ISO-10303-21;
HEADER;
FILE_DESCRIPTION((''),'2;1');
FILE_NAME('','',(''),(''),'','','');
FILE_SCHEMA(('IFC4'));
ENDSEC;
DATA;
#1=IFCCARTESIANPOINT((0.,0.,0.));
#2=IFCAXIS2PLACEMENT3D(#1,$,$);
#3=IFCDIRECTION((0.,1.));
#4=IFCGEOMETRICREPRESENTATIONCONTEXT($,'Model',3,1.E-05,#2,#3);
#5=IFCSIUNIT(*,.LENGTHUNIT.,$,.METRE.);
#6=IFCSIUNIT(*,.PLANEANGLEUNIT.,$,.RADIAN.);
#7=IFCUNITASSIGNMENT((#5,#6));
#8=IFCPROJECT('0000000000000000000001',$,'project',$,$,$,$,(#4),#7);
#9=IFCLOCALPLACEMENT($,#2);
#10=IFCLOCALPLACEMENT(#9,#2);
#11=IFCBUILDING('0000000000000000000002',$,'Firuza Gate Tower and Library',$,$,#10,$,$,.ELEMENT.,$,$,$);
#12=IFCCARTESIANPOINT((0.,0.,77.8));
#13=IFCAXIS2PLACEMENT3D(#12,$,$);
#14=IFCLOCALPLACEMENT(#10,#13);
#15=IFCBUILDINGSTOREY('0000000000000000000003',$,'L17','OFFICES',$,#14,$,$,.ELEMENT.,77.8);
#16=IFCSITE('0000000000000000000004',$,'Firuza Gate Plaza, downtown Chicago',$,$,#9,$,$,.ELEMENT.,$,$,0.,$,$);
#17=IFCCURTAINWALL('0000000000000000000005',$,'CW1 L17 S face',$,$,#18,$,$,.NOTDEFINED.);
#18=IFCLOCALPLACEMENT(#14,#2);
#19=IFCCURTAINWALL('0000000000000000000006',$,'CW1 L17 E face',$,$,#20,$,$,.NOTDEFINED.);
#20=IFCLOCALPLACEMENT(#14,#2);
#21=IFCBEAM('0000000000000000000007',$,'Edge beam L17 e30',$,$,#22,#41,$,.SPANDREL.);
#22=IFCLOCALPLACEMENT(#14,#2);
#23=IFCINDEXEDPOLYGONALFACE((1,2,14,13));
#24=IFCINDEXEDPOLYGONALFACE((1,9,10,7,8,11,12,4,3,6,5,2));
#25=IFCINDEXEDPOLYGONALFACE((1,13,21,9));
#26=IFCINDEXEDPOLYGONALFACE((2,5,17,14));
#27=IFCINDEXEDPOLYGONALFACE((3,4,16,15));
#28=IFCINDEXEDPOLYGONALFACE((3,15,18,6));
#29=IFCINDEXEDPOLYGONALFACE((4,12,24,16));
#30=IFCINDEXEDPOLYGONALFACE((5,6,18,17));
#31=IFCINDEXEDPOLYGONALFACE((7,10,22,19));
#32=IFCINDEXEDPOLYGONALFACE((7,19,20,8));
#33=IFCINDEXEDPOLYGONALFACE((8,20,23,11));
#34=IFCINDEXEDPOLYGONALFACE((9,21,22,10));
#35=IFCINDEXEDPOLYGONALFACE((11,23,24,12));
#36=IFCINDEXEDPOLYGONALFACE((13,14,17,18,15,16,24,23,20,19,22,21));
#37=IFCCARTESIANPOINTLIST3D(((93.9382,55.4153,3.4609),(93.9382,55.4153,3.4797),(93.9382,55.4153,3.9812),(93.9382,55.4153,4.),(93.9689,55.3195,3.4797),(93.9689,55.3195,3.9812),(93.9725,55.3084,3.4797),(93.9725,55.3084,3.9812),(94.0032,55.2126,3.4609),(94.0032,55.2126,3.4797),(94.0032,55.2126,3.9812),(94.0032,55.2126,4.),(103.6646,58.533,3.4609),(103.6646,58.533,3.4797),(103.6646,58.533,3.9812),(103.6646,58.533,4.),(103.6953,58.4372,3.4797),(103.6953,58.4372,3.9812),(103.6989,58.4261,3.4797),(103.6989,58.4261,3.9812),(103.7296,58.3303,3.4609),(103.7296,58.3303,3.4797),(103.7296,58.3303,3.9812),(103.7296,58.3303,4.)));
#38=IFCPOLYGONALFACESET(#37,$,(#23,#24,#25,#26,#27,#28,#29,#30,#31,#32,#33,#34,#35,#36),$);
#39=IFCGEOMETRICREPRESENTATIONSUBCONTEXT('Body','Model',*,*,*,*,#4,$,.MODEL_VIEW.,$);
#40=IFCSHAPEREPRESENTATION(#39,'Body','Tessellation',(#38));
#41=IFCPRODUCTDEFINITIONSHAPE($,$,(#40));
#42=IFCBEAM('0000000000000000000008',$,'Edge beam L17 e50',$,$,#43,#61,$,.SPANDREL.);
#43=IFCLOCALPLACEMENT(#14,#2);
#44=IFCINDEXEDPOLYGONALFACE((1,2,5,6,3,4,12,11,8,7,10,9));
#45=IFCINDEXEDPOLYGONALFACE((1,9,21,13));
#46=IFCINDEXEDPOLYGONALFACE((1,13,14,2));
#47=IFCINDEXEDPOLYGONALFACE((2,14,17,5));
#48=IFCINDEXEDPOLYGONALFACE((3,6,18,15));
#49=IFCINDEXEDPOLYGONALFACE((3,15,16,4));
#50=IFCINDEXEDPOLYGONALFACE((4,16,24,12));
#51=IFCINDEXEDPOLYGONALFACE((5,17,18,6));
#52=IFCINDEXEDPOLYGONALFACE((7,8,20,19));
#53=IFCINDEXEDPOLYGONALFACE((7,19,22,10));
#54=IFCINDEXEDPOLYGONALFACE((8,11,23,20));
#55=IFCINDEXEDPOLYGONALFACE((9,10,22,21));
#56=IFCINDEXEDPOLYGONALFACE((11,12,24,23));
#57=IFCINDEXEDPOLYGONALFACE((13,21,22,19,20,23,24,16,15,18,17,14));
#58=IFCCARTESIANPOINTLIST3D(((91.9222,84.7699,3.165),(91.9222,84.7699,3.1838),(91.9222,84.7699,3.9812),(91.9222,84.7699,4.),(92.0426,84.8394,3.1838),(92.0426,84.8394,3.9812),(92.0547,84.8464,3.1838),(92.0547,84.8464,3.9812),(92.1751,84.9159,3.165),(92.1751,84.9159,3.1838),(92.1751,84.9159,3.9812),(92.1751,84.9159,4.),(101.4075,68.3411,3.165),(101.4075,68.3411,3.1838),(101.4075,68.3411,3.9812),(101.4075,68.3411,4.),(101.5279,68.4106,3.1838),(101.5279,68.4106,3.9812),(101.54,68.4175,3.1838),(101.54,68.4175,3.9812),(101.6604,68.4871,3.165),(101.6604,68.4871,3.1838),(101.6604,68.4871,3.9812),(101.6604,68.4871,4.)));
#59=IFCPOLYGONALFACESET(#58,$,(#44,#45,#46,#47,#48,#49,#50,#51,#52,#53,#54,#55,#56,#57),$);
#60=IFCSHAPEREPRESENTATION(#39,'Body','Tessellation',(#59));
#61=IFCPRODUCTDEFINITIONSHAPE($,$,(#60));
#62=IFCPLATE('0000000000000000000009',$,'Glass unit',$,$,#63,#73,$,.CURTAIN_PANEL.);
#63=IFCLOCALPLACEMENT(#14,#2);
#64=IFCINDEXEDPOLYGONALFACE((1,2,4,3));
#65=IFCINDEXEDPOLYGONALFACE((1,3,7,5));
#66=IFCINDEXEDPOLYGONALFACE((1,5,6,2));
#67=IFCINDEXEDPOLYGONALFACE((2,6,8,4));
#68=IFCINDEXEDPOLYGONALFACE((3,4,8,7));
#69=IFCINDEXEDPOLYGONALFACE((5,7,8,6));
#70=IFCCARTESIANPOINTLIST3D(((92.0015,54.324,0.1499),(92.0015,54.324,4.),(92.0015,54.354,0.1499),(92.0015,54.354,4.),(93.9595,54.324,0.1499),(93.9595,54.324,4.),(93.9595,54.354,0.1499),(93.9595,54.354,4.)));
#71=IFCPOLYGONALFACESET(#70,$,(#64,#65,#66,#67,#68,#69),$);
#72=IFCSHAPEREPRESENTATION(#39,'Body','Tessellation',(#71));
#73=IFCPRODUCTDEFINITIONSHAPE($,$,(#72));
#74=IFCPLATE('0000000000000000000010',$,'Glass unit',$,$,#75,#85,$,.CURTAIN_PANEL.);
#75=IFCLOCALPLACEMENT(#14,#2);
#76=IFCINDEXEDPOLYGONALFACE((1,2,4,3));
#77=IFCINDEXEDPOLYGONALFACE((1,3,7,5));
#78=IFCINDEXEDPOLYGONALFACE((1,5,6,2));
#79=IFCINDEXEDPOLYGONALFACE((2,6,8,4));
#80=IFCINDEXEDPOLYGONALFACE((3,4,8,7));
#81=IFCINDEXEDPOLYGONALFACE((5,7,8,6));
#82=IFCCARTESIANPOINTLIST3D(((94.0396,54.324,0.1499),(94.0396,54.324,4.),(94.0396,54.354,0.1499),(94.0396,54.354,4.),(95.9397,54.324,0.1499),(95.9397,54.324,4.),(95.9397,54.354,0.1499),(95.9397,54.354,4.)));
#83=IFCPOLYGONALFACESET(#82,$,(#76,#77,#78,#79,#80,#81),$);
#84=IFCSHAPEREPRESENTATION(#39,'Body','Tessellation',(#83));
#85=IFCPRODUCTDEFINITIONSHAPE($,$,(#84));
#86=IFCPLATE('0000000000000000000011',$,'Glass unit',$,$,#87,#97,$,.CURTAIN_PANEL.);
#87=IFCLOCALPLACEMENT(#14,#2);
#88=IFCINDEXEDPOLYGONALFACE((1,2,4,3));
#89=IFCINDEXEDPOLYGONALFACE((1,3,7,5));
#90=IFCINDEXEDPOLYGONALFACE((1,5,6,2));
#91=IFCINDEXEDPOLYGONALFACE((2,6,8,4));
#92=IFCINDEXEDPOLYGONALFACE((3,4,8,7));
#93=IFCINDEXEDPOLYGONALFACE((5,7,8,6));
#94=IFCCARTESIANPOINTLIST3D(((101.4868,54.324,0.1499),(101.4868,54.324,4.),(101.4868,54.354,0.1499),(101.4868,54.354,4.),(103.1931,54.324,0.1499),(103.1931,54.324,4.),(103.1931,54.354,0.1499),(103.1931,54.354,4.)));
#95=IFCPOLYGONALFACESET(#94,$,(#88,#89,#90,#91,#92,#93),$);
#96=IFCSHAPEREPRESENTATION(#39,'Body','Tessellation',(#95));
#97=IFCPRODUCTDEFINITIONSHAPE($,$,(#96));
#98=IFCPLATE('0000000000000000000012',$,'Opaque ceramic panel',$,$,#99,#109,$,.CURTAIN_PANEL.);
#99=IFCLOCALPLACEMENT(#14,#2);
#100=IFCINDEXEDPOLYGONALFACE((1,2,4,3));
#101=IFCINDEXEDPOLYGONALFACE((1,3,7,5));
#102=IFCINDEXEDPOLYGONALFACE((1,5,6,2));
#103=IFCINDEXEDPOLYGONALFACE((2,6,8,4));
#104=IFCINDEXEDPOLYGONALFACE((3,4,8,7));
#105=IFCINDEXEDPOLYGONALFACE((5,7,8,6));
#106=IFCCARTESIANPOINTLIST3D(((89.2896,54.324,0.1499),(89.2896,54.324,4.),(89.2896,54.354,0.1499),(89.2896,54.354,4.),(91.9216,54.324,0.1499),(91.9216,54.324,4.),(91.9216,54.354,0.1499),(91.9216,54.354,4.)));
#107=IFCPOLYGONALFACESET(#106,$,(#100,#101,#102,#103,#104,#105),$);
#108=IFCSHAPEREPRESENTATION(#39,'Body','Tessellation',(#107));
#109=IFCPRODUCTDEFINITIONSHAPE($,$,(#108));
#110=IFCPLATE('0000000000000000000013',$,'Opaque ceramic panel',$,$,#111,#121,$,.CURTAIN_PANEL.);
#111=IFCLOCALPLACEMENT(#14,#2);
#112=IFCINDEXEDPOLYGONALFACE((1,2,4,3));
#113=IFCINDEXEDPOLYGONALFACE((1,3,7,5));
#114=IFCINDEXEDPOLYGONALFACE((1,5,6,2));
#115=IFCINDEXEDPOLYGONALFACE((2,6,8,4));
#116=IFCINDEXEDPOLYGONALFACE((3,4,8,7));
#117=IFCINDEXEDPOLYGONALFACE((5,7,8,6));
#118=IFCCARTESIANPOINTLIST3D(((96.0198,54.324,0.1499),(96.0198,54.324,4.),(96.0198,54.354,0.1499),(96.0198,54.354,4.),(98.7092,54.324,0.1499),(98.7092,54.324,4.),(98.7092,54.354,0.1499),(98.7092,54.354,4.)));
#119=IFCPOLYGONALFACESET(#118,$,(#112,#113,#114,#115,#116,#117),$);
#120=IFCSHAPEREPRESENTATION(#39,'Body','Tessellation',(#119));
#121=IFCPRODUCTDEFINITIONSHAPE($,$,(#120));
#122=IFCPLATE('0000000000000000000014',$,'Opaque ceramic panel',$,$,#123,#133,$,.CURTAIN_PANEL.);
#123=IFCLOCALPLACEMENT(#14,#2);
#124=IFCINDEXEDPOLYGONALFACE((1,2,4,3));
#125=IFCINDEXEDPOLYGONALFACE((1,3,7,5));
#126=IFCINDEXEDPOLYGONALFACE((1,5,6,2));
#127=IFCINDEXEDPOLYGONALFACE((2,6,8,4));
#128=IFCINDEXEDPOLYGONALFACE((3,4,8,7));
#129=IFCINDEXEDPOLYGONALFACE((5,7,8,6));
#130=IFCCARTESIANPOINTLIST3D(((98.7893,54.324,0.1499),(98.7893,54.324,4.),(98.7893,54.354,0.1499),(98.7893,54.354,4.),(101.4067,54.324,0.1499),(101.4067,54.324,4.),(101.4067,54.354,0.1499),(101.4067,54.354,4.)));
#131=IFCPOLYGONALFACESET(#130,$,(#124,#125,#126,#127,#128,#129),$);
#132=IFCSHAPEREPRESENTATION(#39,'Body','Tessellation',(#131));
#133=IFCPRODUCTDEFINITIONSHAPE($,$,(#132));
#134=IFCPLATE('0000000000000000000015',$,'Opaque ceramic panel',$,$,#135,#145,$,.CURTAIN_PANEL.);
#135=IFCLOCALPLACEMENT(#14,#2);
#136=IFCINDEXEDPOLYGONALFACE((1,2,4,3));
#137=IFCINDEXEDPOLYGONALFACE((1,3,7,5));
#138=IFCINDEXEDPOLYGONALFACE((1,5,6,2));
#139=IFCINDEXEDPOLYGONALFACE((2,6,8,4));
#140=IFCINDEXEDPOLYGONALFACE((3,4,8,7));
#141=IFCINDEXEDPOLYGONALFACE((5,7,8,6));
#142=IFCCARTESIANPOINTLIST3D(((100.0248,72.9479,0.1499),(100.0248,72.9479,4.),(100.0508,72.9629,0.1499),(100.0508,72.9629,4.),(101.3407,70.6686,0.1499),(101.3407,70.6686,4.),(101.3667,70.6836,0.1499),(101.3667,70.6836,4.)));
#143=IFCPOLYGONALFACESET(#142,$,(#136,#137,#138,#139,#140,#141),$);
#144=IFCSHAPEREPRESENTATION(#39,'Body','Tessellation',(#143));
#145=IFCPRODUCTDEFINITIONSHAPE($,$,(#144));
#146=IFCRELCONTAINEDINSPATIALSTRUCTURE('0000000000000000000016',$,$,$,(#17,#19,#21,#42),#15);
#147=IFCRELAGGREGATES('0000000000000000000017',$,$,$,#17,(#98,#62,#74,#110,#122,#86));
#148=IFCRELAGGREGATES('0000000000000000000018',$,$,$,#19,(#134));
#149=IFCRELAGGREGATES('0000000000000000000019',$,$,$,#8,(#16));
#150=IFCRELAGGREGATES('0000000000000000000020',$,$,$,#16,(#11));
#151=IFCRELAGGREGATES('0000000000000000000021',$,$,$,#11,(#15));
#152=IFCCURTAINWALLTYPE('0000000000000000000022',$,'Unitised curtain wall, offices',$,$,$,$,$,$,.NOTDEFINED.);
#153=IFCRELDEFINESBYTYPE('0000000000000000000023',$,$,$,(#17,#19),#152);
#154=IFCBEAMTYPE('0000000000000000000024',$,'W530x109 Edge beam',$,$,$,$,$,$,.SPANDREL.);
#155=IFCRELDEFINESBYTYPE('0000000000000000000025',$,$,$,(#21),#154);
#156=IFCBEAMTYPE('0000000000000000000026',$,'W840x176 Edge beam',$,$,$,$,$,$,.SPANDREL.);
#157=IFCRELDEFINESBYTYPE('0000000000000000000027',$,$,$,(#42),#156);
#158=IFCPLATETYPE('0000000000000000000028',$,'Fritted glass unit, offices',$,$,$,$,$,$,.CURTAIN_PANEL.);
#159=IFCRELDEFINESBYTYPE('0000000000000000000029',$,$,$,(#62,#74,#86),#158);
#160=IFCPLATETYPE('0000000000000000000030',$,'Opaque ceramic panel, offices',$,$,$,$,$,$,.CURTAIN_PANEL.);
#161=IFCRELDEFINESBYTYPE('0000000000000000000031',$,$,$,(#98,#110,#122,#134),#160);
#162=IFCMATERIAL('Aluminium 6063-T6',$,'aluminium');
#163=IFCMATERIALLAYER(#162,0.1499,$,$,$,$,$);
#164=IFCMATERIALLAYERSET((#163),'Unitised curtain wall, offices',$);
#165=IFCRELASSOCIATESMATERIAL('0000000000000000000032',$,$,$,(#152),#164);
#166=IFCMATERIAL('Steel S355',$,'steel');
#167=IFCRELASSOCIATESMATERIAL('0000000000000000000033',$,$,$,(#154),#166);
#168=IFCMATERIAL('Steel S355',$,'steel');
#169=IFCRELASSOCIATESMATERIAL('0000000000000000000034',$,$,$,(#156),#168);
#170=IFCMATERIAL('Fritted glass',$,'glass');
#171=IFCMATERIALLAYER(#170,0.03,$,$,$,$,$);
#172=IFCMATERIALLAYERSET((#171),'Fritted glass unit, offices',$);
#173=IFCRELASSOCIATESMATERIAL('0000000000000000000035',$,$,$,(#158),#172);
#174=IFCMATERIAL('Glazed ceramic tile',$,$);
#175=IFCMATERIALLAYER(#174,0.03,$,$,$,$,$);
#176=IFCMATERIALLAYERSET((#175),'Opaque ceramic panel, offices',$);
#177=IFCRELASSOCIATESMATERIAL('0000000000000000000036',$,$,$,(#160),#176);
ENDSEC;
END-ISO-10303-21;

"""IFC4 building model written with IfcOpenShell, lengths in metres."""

from ifc_helpers import new_model, si_unit, direction, frame, origin, origin_2d, place, context, subcontext, project, spatial, polyline, i_section, outline, extrude, material, layer, layer_set, material_profile, profile_set, type_object, element, aggregate, save


model = new_model("IFC4")

# Units and contexts
model_context = context("Model", 3, precision=1e-05, world=origin(), true_north=direction((0.0, 1.0)))
body_context = subcontext(model_context, "Body", "Model", "MODEL_VIEW")
ifc_project = project(units=[si_unit("LENGTHUNIT", "METRE"), si_unit("PLANEANGLEUNIT", "RADIAN")], contexts=[model_context])

# Site, building, storey
site_placement = place(None, origin())
site = spatial("IfcSite", under=ifc_project, at=site_placement, Name="Firuza Gate Plaza, downtown Chicago", CompositionType="ELEMENT", RefElevation=0.0)
building_placement = place(site_placement, origin())
building = spatial("IfcBuilding", under=site, at=building_placement, Name="Firuza Gate Tower and Library", CompositionType="ELEMENT")
storey_placement = place(building_placement, frame((0.0, 0.0, 77.8)))
storey = spatial("IfcBuildingStorey", under=building, at=storey_placement, Name="L17", Description="OFFICES", CompositionType="ELEMENT", Elevation=77.8)

# Curtain wall
ifc_material_1 = material(Name="Aluminium 6063-T6", Category="aluminium")
ifc_layer_1 = layer(ifc_material_1, 0.1499)
ifc_layer_set_1 = layer_set([ifc_layer_1], Name="Unitised curtain wall, offices")
curtain_wall_type = type_object("IfcCurtainWallType", Name="Unitised curtain wall, offices", PredefinedType="NOTDEFINED", material=ifc_layer_set_1)
placement = place(storey_placement, origin())
curtain_wall_1 = element("IfcCurtainWall", 1, at=placement, inside=storey, type_object=curtain_wall_type, Name="CW1 L17 S face", PredefinedType="NOTDEFINED")

# Curtain wall
curtain_wall_2 = element("IfcCurtainWall", 2, at=placement, inside=storey, type_object=curtain_wall_type, Name="CW1 L17 E face", PredefinedType="NOTDEFINED")

# Beams
ifc_material_2 = material(Name="Steel S355", Category="steel")
ifc_material_profile_1 = material_profile(ifc_material_2, i_section(OverallWidth=0.2129, OverallDepth=0.5391, WebThickness=0.0117, FlangeThickness=0.0188, at=origin_2d()))
ifc_profile_set_1 = profile_set([ifc_material_profile_1], Name="Steel S355")
beam_type_1 = type_object("IfcBeamType", Name="W530x109 Edge beam", PredefinedType="SPANDREL", material=ifc_profile_set_1)
beam_1_placement = place(storey_placement, frame((93.9707, 55.314, 3.7305), z_axis=(0.952275, 0.305242, 0.0), x_axis=(-0.305242, 0.952275, 0.0)))
element("IfcBeam", 3, at=beam_1_placement, inside=storey, type_object=beam_type_1, Name="Edge beam L17 e30", PredefinedType="SPANDREL", context=body_context, shape_type="SweptSolid", body=[
    extrude(i_section(OverallWidth=0.2129, OverallDepth=0.5391, WebThickness=0.0117, FlangeThickness=0.0188, at=origin_2d()), origin(), (0.0, 0.0, 1.0), 10.2139),
])
ifc_material_3 = material(Name="Steel S355", Category="steel")
ifc_material_profile_2 = material_profile(ifc_material_3, i_section(OverallWidth=0.292, OverallDepth=0.835, WebThickness=0.0139, FlangeThickness=0.0188, at=origin_2d()))
ifc_profile_set_2 = profile_set([ifc_material_profile_2], Name="Steel S355")
beam_type_2 = type_object("IfcBeamType", Name="W840x176 Edge beam", PredefinedType="SPANDREL", material=ifc_profile_set_2)
beam_2_placement = place(storey_placement, frame((101.5339, 68.4141, 3.5825), z_axis=(-0.500004, 0.866023, 0.0), x_axis=(-0.866023, -0.500004, 0.0)))
element("IfcBeam", 4, at=beam_2_placement, inside=storey, type_object=beam_type_2, Name="Edge beam L17 e50", PredefinedType="SPANDREL", context=body_context, shape_type="SweptSolid", body=[
    extrude(i_section(OverallWidth=0.292, OverallDepth=0.835, WebThickness=0.0139, FlangeThickness=0.0188, at=origin_2d()), origin(), (0.0, 0.0, 1.0), 18.9705),
])

# Plates
ifc_material_4 = material(Name="Fritted glass", Category="glass")
ifc_layer_2 = layer(ifc_material_4, 0.03)
ifc_layer_set_2 = layer_set([ifc_layer_2], Name="Fritted glass unit, offices")
plate_type_1 = type_object("IfcPlateType", Name="Fritted glass unit, offices", PredefinedType="CURTAIN_PANEL", material=ifc_layer_set_2)
plate_1_placement = place(storey_placement, frame((92.0015, 54.324, 0.1499), z_axis=(0.0, -1.0, 0.0), x_axis=(1.0, 0.0, 0.0)))
plate_1 = element("IfcPlate", 5, at=plate_1_placement, type_object=plate_type_1, Name="Glass unit", PredefinedType="CURTAIN_PANEL", context=body_context, shape_type="SweptSolid", body=[
    extrude(outline(polyline([(0.0, 0.0), (1.958, 0.0), (1.958, 3.8501), (0.0, 3.8501), (0.0, 0.0)])), origin(), (0.0, 0.0, -1.0), 0.03),
])
plate_2_placement = place(storey_placement, frame((94.0396, 54.324, 0.1499), z_axis=(0.0, -1.0, 0.0), x_axis=(1.0, 0.0, 0.0)))
plate_2 = element("IfcPlate", 6, at=plate_2_placement, type_object=plate_type_1, Name="Glass unit", PredefinedType="CURTAIN_PANEL", context=body_context, shape_type="SweptSolid", body=[
    extrude(outline(polyline([(0.0, 0.0), (1.9001, 0.0), (1.9001, 3.8501), (0.0, 3.8501), (0.0, 0.0)])), origin(), (0.0, 0.0, -1.0), 0.03),
])
plate_3_placement = place(storey_placement, frame((101.4868, 54.324, 0.1499), z_axis=(0.0, -1.0, 0.0), x_axis=(1.0, 0.0, 0.0)))
plate_3 = element("IfcPlate", 7, at=plate_3_placement, type_object=plate_type_1, Name="Glass unit", PredefinedType="CURTAIN_PANEL", context=body_context, shape_type="SweptSolid", body=[
    extrude(outline(polyline([(0.0, 0.0), (1.7063, 0.0), (1.7063, 3.8501), (0.0, 3.8501), (0.0, 0.0)])), origin(), (0.0, 0.0, -1.0), 0.03),
])
ifc_material_5 = material(Name="Glazed ceramic tile")
ifc_layer_3 = layer(ifc_material_5, 0.03)
ifc_layer_set_3 = layer_set([ifc_layer_3], Name="Opaque ceramic panel, offices")
plate_type_2 = type_object("IfcPlateType", Name="Opaque ceramic panel, offices", PredefinedType="CURTAIN_PANEL", material=ifc_layer_set_3)
plate_4_placement = place(storey_placement, frame((89.2896, 54.324, 0.1499), z_axis=(0.0, -1.0, 0.0), x_axis=(1.0, 0.0, 0.0)))
plate_4 = element("IfcPlate", 8, at=plate_4_placement, type_object=plate_type_2, Name="Opaque ceramic panel", PredefinedType="CURTAIN_PANEL", context=body_context, shape_type="SweptSolid", body=[
    extrude(outline(polyline([(0.0, 0.0), (2.6321, 0.0), (2.6321, 3.8501), (0.0, 3.8501), (0.0, 0.0)])), origin(), (0.0, 0.0, -1.0), 0.03),
])
plate_5_placement = place(storey_placement, frame((96.0198, 54.324, 0.1499), z_axis=(0.0, -1.0, 0.0), x_axis=(1.0, 0.0, 0.0)))
plate_5 = element("IfcPlate", 9, at=plate_5_placement, type_object=plate_type_2, Name="Opaque ceramic panel", PredefinedType="CURTAIN_PANEL", context=body_context, shape_type="SweptSolid", body=[
    extrude(outline(polyline([(0.0, 0.0), (2.6895, 0.0), (2.6895, 3.8501), (0.0, 3.8501), (0.0, 0.0)])), origin(), (0.0, 0.0, -1.0), 0.03),
])
plate_6_placement = place(storey_placement, frame((98.7893, 54.324, 0.1499), z_axis=(0.0, -1.0, 0.0), x_axis=(1.0, 0.0, 0.0)))
plate_6 = element("IfcPlate", 10, at=plate_6_placement, type_object=plate_type_2, Name="Opaque ceramic panel", PredefinedType="CURTAIN_PANEL", context=body_context, shape_type="SweptSolid", body=[
    extrude(outline(polyline([(0.0, 0.0), (2.6174, 0.0), (2.6174, 3.8501), (0.0, 3.8501), (0.0, 0.0)])), origin(), (0.0, 0.0, -1.0), 0.03),
])
aggregate(curtain_wall_1, [plate_4, plate_1, plate_2, plate_5, plate_6, plate_3])
plate_7_placement = place(storey_placement, frame((101.3667, 70.6836, 0.1499), z_axis=(0.866031, 0.49999, 0.0), x_axis=(-0.49999, 0.866031, 0.0)))
plate_7 = element("IfcPlate", 11, at=plate_7_placement, type_object=plate_type_2, Name="Opaque ceramic panel", PredefinedType="CURTAIN_PANEL", context=body_context, shape_type="SweptSolid", body=[
    extrude(outline(polyline([(0.0, 0.0), (2.6319, 0.0), (2.6319, 3.8501), (0.0, 3.8501), (0.0, 0.0)])), origin(), (0.0, 0.0, -1.0), 0.03),
])
aggregate(curtain_wall_2, [plate_7])

save(model, "model.ifc")
